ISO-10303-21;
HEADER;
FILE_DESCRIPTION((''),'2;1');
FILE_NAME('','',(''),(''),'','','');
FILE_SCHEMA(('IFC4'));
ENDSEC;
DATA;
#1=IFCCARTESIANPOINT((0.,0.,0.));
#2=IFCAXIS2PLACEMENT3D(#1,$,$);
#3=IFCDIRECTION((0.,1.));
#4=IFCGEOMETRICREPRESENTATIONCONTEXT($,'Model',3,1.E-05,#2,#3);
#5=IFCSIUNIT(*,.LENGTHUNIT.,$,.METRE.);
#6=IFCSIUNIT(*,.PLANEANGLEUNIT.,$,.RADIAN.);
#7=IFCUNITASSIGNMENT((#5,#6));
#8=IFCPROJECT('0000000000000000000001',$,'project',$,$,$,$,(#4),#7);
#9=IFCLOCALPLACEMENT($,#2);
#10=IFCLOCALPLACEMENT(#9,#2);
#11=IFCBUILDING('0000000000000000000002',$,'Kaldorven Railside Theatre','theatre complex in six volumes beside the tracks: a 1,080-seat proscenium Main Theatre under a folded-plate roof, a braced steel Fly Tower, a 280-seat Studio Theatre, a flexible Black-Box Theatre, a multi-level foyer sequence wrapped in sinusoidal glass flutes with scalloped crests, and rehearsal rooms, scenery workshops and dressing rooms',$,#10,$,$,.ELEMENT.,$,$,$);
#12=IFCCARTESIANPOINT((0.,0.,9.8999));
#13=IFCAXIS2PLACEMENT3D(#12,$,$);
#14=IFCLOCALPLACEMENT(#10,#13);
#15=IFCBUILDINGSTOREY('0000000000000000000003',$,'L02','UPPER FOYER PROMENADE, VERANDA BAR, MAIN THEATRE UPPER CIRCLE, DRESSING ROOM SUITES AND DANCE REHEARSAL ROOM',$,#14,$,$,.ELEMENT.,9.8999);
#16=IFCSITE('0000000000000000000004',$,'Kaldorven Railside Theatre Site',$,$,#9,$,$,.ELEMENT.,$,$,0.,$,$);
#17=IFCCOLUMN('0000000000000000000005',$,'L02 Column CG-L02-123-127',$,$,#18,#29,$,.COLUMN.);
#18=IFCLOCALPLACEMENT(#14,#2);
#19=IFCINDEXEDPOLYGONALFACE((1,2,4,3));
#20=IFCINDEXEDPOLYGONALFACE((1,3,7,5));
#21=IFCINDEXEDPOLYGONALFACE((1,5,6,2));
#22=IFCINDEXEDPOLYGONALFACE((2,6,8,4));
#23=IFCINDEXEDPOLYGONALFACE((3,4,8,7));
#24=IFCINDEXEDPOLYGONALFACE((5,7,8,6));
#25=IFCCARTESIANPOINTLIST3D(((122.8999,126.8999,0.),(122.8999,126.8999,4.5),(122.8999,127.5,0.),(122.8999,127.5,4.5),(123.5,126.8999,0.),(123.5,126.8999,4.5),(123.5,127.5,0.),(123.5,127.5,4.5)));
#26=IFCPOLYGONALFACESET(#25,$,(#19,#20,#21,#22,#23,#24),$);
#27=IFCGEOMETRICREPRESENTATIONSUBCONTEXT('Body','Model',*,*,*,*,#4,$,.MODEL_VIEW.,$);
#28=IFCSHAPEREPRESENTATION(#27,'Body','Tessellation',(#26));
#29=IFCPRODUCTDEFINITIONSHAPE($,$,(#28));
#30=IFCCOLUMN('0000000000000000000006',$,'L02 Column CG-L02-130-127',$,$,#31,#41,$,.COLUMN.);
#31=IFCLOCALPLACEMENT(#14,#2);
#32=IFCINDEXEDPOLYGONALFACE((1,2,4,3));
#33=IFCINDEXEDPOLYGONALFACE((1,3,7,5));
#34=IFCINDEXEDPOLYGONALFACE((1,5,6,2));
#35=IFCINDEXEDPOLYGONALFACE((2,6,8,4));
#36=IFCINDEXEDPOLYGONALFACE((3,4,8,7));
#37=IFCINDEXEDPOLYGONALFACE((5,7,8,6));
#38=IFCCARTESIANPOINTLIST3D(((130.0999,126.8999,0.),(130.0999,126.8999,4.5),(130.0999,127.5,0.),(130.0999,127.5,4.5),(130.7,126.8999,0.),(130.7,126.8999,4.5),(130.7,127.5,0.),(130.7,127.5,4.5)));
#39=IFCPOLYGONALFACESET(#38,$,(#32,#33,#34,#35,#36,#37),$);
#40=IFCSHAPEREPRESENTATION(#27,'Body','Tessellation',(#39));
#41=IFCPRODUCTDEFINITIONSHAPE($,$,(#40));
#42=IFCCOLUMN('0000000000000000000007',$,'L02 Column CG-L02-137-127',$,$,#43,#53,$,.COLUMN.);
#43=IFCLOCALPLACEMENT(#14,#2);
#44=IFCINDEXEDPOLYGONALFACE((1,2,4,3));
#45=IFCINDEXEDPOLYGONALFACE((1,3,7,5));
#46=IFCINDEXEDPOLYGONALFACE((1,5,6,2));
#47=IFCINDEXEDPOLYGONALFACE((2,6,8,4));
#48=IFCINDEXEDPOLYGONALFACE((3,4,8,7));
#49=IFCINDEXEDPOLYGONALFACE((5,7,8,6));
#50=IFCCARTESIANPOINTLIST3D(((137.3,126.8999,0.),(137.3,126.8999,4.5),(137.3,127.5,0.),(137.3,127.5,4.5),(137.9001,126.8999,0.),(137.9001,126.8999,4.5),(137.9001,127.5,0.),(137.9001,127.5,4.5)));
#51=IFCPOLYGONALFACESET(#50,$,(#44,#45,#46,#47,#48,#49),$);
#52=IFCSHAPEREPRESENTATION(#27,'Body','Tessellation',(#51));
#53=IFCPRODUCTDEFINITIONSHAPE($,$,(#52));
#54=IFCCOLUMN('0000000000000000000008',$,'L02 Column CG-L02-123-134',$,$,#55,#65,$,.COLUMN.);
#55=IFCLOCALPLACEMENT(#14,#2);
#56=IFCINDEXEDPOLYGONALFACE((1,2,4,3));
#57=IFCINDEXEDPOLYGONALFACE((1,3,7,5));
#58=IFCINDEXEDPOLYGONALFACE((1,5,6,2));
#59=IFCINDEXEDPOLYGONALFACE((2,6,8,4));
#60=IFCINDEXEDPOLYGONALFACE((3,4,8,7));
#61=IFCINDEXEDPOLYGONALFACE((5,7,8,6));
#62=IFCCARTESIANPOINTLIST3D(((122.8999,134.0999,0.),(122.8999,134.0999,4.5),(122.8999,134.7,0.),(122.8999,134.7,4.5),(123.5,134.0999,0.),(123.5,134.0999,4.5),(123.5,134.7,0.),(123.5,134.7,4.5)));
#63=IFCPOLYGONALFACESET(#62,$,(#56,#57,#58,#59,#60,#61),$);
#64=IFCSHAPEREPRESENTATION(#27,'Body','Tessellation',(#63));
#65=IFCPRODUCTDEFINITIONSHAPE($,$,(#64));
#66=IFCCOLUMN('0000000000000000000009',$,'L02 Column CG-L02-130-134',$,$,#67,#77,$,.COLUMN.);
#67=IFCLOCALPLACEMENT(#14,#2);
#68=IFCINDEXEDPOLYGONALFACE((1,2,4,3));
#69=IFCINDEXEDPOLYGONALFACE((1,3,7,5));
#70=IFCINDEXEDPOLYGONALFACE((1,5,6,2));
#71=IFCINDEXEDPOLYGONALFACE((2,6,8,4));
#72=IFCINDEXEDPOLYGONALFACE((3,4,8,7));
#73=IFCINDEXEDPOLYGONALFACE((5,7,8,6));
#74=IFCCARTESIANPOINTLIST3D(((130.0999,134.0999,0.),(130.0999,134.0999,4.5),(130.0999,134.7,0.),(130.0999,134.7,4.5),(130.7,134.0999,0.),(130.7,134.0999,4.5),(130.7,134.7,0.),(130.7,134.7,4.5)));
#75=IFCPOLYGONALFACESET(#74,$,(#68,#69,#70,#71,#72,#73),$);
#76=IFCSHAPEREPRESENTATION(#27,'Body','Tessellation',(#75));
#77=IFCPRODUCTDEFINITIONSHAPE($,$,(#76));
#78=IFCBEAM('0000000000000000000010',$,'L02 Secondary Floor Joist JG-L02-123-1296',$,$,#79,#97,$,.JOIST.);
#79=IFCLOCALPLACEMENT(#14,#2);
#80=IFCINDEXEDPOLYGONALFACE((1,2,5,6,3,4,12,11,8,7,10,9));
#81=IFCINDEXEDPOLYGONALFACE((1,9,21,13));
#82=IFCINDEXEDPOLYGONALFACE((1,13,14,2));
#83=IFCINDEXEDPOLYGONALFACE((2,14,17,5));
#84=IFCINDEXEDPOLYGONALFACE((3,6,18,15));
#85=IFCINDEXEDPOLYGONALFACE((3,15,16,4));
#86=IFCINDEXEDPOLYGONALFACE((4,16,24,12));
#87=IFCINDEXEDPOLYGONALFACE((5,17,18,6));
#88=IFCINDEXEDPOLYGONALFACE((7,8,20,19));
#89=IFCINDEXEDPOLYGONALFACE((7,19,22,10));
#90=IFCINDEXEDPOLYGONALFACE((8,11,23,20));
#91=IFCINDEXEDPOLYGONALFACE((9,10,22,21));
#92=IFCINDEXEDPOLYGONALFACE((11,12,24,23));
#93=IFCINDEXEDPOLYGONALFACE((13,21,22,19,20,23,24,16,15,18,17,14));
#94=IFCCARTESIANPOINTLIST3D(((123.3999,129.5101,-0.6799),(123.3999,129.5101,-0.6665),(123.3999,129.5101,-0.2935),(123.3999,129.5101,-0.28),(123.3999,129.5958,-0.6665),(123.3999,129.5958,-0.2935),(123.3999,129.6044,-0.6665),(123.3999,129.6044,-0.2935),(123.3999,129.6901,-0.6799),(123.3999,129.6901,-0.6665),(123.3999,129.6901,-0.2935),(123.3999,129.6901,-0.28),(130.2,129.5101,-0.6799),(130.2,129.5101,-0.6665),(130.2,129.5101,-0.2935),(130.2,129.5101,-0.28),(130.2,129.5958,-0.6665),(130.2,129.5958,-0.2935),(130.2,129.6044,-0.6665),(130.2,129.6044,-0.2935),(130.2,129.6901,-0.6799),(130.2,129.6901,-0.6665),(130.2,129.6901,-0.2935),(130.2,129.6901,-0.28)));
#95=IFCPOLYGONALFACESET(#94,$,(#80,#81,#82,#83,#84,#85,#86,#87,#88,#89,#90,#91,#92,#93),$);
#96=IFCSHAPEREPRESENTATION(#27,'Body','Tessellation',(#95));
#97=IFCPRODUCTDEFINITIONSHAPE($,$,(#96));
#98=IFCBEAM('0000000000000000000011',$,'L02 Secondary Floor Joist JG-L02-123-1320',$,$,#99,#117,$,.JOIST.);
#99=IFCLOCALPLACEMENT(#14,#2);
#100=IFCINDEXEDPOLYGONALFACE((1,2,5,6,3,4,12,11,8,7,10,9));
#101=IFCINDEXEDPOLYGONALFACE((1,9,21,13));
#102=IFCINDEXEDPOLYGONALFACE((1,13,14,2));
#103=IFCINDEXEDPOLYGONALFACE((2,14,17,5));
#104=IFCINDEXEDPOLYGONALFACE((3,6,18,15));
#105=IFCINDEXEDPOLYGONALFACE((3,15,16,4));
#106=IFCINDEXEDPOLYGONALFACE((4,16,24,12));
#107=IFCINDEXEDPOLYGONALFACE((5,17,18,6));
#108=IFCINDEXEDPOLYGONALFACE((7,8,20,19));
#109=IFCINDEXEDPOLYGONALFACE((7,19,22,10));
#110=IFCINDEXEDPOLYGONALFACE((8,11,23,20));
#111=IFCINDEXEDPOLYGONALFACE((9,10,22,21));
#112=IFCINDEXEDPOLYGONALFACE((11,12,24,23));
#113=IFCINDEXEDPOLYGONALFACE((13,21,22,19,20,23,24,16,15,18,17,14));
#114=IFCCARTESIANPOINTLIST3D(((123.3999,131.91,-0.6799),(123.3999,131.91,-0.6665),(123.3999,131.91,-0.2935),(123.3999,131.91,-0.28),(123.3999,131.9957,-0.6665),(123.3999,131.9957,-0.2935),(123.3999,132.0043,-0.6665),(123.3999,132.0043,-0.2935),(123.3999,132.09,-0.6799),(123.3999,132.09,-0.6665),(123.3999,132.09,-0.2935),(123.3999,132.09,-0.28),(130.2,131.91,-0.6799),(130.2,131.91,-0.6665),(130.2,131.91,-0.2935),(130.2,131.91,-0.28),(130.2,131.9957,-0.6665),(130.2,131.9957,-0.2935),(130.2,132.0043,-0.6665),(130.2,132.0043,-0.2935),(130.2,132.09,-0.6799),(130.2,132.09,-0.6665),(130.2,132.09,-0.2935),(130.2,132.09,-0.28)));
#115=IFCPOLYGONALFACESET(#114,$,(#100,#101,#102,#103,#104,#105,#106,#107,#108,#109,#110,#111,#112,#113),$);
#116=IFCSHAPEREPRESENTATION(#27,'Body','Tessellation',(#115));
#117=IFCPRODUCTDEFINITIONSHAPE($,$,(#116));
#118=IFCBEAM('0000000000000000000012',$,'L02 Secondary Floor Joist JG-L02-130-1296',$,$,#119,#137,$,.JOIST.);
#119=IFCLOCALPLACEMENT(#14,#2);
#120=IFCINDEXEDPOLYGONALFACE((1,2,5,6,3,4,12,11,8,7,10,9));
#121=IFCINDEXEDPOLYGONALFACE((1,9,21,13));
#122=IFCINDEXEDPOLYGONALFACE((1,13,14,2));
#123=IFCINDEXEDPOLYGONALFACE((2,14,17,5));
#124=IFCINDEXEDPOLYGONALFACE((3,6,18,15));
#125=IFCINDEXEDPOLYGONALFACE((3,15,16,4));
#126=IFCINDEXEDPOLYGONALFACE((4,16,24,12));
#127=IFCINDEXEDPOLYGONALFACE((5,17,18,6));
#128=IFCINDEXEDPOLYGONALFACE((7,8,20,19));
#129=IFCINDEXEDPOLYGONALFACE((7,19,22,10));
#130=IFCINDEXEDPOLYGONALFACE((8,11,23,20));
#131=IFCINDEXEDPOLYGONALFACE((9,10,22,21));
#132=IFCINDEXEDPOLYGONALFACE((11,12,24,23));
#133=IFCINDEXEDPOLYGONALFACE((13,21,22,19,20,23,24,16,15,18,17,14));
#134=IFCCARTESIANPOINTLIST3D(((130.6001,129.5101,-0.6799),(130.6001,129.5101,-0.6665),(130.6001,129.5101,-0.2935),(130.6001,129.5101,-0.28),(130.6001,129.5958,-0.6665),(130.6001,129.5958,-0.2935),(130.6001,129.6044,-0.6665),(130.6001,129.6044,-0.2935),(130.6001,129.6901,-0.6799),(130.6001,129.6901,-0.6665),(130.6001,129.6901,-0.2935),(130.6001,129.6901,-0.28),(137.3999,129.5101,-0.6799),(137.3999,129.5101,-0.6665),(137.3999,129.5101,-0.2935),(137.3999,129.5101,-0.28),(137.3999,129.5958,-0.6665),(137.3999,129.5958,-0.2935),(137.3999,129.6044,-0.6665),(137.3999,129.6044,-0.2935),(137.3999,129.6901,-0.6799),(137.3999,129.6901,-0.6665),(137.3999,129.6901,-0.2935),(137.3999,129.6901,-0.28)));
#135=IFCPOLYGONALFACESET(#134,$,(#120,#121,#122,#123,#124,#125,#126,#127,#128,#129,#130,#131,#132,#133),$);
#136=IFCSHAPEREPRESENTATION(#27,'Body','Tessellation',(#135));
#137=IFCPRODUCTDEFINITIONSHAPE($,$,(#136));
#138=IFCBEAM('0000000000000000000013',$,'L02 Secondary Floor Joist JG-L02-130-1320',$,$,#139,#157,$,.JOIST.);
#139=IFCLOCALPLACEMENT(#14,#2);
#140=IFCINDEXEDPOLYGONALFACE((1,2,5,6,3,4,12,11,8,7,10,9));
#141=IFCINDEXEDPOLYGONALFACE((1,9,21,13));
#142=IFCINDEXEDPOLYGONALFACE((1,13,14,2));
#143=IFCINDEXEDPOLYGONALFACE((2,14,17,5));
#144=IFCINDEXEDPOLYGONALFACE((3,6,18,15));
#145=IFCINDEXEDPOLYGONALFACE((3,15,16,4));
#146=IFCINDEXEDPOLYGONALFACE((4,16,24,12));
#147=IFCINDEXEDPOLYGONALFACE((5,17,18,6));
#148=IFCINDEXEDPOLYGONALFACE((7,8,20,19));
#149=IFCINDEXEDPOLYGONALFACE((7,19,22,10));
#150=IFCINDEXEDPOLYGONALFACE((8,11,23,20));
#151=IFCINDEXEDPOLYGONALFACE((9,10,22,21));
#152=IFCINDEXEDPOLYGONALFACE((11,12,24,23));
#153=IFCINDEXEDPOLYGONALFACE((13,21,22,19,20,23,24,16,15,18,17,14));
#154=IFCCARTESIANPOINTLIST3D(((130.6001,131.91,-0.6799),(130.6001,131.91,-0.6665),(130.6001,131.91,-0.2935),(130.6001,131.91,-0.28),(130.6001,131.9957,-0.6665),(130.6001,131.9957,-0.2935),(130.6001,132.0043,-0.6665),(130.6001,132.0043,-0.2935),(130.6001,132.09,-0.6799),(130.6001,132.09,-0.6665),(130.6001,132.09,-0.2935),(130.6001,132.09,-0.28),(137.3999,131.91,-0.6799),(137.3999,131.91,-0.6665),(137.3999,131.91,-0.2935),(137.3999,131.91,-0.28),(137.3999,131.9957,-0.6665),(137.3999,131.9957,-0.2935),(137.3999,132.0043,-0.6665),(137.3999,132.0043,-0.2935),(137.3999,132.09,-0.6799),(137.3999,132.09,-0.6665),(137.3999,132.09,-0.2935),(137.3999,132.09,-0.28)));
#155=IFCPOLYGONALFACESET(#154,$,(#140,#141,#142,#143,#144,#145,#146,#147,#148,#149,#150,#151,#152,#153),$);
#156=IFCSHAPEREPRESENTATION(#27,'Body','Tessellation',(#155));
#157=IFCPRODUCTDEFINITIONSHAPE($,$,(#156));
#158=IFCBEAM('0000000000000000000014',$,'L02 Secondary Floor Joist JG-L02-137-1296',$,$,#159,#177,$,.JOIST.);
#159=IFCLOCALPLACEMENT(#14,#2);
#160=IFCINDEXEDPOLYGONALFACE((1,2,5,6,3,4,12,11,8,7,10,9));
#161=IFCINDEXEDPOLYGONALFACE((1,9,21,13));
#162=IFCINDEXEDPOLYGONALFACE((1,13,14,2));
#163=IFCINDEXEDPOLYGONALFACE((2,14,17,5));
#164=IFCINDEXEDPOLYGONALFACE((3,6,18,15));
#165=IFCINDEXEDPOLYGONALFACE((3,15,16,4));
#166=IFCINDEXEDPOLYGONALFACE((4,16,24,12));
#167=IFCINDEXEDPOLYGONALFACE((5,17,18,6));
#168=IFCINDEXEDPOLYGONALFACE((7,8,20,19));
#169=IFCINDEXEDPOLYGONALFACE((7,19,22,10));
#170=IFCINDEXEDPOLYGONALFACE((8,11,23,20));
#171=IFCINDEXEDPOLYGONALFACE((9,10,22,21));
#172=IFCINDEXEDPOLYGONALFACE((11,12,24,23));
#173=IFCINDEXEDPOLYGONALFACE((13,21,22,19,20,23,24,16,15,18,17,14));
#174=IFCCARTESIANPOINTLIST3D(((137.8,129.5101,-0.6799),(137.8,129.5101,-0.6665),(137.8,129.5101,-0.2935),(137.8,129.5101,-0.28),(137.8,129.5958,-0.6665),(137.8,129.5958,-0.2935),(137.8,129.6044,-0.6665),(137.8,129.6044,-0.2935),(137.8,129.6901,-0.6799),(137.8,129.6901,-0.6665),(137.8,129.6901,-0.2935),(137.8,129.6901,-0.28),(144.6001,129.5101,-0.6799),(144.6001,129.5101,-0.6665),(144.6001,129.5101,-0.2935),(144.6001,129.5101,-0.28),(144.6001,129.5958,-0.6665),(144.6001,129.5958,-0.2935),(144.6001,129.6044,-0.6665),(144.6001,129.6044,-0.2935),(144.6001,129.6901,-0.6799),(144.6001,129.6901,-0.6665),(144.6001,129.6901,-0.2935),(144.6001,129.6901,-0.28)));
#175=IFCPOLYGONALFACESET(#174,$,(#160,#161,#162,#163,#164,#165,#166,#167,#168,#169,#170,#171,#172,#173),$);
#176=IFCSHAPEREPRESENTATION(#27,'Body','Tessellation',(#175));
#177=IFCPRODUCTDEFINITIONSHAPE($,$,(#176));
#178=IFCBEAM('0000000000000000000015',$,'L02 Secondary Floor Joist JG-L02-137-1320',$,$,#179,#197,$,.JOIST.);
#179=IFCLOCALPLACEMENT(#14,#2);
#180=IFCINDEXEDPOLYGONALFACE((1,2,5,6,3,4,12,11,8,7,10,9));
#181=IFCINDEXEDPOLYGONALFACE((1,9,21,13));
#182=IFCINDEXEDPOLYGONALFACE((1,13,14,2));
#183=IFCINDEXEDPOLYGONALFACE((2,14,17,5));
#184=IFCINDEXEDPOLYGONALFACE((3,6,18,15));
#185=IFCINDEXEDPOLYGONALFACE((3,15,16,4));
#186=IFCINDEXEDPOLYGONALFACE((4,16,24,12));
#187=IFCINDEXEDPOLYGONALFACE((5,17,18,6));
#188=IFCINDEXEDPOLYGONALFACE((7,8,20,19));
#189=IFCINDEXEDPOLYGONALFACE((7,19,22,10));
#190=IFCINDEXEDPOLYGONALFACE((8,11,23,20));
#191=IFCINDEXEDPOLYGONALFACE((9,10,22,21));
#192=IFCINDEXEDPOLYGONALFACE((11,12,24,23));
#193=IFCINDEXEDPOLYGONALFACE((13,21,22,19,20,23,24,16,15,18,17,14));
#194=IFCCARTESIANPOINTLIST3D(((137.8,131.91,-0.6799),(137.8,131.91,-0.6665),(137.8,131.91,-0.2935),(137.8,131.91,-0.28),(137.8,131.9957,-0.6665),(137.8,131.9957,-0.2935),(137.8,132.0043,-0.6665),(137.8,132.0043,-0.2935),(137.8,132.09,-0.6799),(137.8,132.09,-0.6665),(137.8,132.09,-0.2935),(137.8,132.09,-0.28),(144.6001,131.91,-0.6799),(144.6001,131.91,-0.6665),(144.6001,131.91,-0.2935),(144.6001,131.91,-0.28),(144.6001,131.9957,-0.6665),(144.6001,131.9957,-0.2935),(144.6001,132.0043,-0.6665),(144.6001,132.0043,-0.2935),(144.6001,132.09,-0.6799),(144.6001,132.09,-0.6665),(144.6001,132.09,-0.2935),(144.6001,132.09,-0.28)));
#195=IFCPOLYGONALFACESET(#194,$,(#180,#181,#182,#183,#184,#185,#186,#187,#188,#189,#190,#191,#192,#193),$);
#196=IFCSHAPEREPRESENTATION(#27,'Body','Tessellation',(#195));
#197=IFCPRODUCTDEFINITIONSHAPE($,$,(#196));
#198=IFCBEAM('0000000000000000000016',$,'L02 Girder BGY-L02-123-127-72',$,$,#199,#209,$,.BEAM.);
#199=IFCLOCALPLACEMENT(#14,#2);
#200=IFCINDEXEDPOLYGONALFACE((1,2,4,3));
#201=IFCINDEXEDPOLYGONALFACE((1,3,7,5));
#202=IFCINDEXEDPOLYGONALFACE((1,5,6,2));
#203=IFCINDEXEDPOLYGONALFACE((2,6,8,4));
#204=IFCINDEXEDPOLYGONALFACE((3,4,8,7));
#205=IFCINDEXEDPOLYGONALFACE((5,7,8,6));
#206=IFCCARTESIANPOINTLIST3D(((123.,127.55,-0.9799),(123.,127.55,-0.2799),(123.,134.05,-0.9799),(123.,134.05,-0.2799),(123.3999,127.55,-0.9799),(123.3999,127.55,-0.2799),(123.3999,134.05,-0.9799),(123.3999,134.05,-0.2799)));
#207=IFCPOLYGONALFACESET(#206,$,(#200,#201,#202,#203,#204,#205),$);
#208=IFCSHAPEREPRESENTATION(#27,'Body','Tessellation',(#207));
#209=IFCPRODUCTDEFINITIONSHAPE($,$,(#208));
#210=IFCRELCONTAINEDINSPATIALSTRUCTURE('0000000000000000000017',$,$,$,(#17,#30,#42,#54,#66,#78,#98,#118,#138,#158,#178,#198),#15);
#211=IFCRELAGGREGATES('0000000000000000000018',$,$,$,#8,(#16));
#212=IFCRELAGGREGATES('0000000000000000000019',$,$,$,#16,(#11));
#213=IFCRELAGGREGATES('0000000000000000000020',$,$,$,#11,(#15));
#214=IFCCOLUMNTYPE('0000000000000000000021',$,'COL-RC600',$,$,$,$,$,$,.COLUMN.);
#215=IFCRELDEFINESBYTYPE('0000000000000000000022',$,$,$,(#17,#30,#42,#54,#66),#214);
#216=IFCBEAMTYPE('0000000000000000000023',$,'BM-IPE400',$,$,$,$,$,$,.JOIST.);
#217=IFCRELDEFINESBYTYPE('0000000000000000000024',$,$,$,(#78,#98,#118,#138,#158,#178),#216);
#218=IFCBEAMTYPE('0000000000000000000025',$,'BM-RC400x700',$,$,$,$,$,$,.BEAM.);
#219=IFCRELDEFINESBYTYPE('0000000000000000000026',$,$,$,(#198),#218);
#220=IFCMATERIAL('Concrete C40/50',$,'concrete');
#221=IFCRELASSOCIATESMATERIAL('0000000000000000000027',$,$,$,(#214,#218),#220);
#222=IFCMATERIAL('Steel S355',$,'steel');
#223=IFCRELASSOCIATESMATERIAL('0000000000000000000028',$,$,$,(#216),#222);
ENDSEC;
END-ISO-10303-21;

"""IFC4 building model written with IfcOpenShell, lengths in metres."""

from ifc_helpers import new_model, si_unit, direction, frame, origin, origin_2d, place, context, subcontext, project, spatial, rectangle, i_section, extrude, material, material_profile, profile_set, type_object, element, save


model = new_model("IFC4")

# Units and contexts
model_context = context("Model", 3, precision=1e-05, world=origin(), true_north=direction((0.0, 1.0)))
body_context = subcontext(model_context, "Body", "Model", "MODEL_VIEW")
ifc_project = project(units=[si_unit("LENGTHUNIT", "METRE"), si_unit("PLANEANGLEUNIT", "RADIAN")], contexts=[model_context])

# Site, building, storey
site_placement = place(None, origin())
site = spatial("IfcSite", under=ifc_project, at=site_placement, Name="Kaldorven Railside Theatre Site", CompositionType="ELEMENT", RefElevation=0.0)
building_placement = place(site_placement, origin())
building = spatial("IfcBuilding", under=site, at=building_placement, Name="Kaldorven Railside Theatre", Description="theatre complex in six volumes beside the tracks: a 1,080-seat proscenium Main Theatre under a folded-plate roof, a braced steel Fly Tower, a 280-seat Studio Theatre, a flexible Black-Box Theatre, a multi-level foyer sequence wrapped in sinusoidal glass flutes with scalloped crests, and rehearsal rooms, scenery workshops and dressing rooms", CompositionType="ELEMENT")
storey_placement = place(building_placement, frame((0.0, 0.0, 9.8999)))
storey = spatial("IfcBuildingStorey", under=building, at=storey_placement, Name="L02", Description="UPPER FOYER PROMENADE, VERANDA BAR, MAIN THEATRE UPPER CIRCLE, DRESSING ROOM SUITES AND DANCE REHEARSAL ROOM", CompositionType="ELEMENT", Elevation=9.8999)

# Columns
ifc_material_1 = material(Name="Concrete C40/50", Category="concrete")
ifc_material_profile_1 = material_profile(ifc_material_1, rectangle(XDim=0.6001, YDim=0.6001, at=origin_2d()), Name="RC 600x600")
ifc_profile_set_1 = profile_set([ifc_material_profile_1], Name="Concrete C40/50")
column_type = type_object("IfcColumnType", Name="COL-RC600", PredefinedType="COLUMN", material=ifc_profile_set_1)
for number, where, z_axis, x_axis, name in (
    (1, (123.2, 127.2, 0.0), (0.0, 0.0, 1.0), (1.0, 0.0, 0.0), "L02 Column CG-L02-123-127"),
    (2, (130.3999, 127.2, 0.0), (0.0, 0.0, 1.0), (0.0, 1.0, 0.0), "L02 Column CG-L02-130-127"),
    (3, (137.6001, 127.2, 0.0), (0.0, 0.0, 1.0), (1.0, 0.0, 0.0), "L02 Column CG-L02-137-127"),
    (4, (123.2, 134.3999, 0.0), (0.0, 0.0, 1.0), (0.0, 1.0, 0.0), "L02 Column CG-L02-123-134"),
    (5, (130.3999, 134.3999, 0.0), (0.0, 0.0, 1.0), (1.0, 0.0, 0.0), "L02 Column CG-L02-130-134"),
):
    element("IfcColumn", number, at=place(storey_placement, frame(where, z_axis=z_axis, x_axis=x_axis)), inside=storey, type_object=column_type, Name=name, PredefinedType="COLUMN", context=body_context, shape_type="SweptSolid", body=[
        extrude(rectangle(XDim=0.6001, YDim=0.6001, at=origin_2d()), origin(), (0.0, 0.0, 1.0), 4.5),
    ])

# Beams
ifc_material_2 = material(Name="Steel S355", Category="steel")
ifc_material_profile_2 = material_profile(ifc_material_2, i_section(OverallWidth=0.1799, OverallDepth=0.3999, WebThickness=0.0085, FlangeThickness=0.0134, at=origin_2d()), Name="IPE 400")
ifc_profile_set_2 = profile_set([ifc_material_profile_2], Name="Steel S355")
beam_type_1 = type_object("IfcBeamType", Name="BM-IPE400", PredefinedType="JOIST", material=ifc_profile_set_2)
for number, where, z_axis, x_axis, name in (
    (6, (123.3999, 129.6001, -0.48), (1.0, 0.0, 0.0), (0.0, 1.0, 0.0), "L02 Secondary Floor Joist JG-L02-123-1296"),
    (7, (123.3999, 132.0, -0.48), (1.0, 0.0, 0.0), (0.0, 1.0, 0.0), "L02 Secondary Floor Joist JG-L02-123-1320"),
):
    element("IfcBeam", number, at=place(storey_placement, frame(where, z_axis=z_axis, x_axis=x_axis)), inside=storey, type_object=beam_type_1, Name=name, PredefinedType="JOIST", context=body_context, shape_type="SweptSolid", body=[
        extrude(i_section(OverallWidth=0.1799, OverallDepth=0.3999, WebThickness=0.0085, FlangeThickness=0.0134, at=origin_2d()), origin(), (0.0, 0.0, 1.0), 6.8),
    ])
for number, where, z_axis, x_axis, name in (
    (8, (130.6001, 129.6001, -0.48), (1.0, 0.0, 0.0), (0.0, 1.0, 0.0), "L02 Secondary Floor Joist JG-L02-130-1296"),
    (9, (130.6001, 132.0, -0.48), (1.0, 0.0, 0.0), (0.0, 1.0, 0.0), "L02 Secondary Floor Joist JG-L02-130-1320"),
):
    element("IfcBeam", number, at=place(storey_placement, frame(where, z_axis=z_axis, x_axis=x_axis)), inside=storey, type_object=beam_type_1, Name=name, PredefinedType="JOIST", context=body_context, shape_type="SweptSolid", body=[
        extrude(i_section(OverallWidth=0.1799, OverallDepth=0.3999, WebThickness=0.0085, FlangeThickness=0.0134, at=origin_2d()), origin(), (0.0, 0.0, 1.0), 6.7998),
    ])
for number, where, z_axis, x_axis, name in (
    (10, (137.8, 129.6001, -0.48), (1.0, 0.0, 0.0), (0.0, 1.0, 0.0), "L02 Secondary Floor Joist JG-L02-137-1296"),
    (11, (137.8, 132.0, -0.48), (1.0, 0.0, 0.0), (0.0, 1.0, 0.0), "L02 Secondary Floor Joist JG-L02-137-1320"),
):
    element("IfcBeam", number, at=place(storey_placement, frame(where, z_axis=z_axis, x_axis=x_axis)), inside=storey, type_object=beam_type_1, Name=name, PredefinedType="JOIST", context=body_context, shape_type="SweptSolid", body=[
        extrude(i_section(OverallWidth=0.1799, OverallDepth=0.3999, WebThickness=0.0085, FlangeThickness=0.0134, at=origin_2d()), origin(), (0.0, 0.0, 1.0), 6.8),
    ])
ifc_material_profile_3 = material_profile(ifc_material_1, rectangle(XDim=0.3999, YDim=0.7, at=origin_2d()), Name="RC 400x700")
ifc_profile_set_3 = profile_set([ifc_material_profile_3], Name="Concrete C40/50")
beam_type_2 = type_object("IfcBeamType", Name="BM-RC400x700", PredefinedType="BEAM", material=ifc_profile_set_3)
for number, where, z_axis, x_axis, name in (
    (12, (123.2, 127.55, -0.6299), (0.0, 1.0, 0.0), (-1.0, 0.0, 0.0), "L02 Girder BGY-L02-123-127-72"),
):
    element("IfcBeam", number, at=place(storey_placement, frame(where, z_axis=z_axis, x_axis=x_axis)), inside=storey, type_object=beam_type_2, Name=name, PredefinedType="BEAM", context=body_context, shape_type="SweptSolid", body=[
        extrude(rectangle(XDim=0.3999, YDim=0.7, at=origin_2d()), origin(), (0.0, 0.0, 1.0), 6.5),
    ])

save(model, "model.ifc")
